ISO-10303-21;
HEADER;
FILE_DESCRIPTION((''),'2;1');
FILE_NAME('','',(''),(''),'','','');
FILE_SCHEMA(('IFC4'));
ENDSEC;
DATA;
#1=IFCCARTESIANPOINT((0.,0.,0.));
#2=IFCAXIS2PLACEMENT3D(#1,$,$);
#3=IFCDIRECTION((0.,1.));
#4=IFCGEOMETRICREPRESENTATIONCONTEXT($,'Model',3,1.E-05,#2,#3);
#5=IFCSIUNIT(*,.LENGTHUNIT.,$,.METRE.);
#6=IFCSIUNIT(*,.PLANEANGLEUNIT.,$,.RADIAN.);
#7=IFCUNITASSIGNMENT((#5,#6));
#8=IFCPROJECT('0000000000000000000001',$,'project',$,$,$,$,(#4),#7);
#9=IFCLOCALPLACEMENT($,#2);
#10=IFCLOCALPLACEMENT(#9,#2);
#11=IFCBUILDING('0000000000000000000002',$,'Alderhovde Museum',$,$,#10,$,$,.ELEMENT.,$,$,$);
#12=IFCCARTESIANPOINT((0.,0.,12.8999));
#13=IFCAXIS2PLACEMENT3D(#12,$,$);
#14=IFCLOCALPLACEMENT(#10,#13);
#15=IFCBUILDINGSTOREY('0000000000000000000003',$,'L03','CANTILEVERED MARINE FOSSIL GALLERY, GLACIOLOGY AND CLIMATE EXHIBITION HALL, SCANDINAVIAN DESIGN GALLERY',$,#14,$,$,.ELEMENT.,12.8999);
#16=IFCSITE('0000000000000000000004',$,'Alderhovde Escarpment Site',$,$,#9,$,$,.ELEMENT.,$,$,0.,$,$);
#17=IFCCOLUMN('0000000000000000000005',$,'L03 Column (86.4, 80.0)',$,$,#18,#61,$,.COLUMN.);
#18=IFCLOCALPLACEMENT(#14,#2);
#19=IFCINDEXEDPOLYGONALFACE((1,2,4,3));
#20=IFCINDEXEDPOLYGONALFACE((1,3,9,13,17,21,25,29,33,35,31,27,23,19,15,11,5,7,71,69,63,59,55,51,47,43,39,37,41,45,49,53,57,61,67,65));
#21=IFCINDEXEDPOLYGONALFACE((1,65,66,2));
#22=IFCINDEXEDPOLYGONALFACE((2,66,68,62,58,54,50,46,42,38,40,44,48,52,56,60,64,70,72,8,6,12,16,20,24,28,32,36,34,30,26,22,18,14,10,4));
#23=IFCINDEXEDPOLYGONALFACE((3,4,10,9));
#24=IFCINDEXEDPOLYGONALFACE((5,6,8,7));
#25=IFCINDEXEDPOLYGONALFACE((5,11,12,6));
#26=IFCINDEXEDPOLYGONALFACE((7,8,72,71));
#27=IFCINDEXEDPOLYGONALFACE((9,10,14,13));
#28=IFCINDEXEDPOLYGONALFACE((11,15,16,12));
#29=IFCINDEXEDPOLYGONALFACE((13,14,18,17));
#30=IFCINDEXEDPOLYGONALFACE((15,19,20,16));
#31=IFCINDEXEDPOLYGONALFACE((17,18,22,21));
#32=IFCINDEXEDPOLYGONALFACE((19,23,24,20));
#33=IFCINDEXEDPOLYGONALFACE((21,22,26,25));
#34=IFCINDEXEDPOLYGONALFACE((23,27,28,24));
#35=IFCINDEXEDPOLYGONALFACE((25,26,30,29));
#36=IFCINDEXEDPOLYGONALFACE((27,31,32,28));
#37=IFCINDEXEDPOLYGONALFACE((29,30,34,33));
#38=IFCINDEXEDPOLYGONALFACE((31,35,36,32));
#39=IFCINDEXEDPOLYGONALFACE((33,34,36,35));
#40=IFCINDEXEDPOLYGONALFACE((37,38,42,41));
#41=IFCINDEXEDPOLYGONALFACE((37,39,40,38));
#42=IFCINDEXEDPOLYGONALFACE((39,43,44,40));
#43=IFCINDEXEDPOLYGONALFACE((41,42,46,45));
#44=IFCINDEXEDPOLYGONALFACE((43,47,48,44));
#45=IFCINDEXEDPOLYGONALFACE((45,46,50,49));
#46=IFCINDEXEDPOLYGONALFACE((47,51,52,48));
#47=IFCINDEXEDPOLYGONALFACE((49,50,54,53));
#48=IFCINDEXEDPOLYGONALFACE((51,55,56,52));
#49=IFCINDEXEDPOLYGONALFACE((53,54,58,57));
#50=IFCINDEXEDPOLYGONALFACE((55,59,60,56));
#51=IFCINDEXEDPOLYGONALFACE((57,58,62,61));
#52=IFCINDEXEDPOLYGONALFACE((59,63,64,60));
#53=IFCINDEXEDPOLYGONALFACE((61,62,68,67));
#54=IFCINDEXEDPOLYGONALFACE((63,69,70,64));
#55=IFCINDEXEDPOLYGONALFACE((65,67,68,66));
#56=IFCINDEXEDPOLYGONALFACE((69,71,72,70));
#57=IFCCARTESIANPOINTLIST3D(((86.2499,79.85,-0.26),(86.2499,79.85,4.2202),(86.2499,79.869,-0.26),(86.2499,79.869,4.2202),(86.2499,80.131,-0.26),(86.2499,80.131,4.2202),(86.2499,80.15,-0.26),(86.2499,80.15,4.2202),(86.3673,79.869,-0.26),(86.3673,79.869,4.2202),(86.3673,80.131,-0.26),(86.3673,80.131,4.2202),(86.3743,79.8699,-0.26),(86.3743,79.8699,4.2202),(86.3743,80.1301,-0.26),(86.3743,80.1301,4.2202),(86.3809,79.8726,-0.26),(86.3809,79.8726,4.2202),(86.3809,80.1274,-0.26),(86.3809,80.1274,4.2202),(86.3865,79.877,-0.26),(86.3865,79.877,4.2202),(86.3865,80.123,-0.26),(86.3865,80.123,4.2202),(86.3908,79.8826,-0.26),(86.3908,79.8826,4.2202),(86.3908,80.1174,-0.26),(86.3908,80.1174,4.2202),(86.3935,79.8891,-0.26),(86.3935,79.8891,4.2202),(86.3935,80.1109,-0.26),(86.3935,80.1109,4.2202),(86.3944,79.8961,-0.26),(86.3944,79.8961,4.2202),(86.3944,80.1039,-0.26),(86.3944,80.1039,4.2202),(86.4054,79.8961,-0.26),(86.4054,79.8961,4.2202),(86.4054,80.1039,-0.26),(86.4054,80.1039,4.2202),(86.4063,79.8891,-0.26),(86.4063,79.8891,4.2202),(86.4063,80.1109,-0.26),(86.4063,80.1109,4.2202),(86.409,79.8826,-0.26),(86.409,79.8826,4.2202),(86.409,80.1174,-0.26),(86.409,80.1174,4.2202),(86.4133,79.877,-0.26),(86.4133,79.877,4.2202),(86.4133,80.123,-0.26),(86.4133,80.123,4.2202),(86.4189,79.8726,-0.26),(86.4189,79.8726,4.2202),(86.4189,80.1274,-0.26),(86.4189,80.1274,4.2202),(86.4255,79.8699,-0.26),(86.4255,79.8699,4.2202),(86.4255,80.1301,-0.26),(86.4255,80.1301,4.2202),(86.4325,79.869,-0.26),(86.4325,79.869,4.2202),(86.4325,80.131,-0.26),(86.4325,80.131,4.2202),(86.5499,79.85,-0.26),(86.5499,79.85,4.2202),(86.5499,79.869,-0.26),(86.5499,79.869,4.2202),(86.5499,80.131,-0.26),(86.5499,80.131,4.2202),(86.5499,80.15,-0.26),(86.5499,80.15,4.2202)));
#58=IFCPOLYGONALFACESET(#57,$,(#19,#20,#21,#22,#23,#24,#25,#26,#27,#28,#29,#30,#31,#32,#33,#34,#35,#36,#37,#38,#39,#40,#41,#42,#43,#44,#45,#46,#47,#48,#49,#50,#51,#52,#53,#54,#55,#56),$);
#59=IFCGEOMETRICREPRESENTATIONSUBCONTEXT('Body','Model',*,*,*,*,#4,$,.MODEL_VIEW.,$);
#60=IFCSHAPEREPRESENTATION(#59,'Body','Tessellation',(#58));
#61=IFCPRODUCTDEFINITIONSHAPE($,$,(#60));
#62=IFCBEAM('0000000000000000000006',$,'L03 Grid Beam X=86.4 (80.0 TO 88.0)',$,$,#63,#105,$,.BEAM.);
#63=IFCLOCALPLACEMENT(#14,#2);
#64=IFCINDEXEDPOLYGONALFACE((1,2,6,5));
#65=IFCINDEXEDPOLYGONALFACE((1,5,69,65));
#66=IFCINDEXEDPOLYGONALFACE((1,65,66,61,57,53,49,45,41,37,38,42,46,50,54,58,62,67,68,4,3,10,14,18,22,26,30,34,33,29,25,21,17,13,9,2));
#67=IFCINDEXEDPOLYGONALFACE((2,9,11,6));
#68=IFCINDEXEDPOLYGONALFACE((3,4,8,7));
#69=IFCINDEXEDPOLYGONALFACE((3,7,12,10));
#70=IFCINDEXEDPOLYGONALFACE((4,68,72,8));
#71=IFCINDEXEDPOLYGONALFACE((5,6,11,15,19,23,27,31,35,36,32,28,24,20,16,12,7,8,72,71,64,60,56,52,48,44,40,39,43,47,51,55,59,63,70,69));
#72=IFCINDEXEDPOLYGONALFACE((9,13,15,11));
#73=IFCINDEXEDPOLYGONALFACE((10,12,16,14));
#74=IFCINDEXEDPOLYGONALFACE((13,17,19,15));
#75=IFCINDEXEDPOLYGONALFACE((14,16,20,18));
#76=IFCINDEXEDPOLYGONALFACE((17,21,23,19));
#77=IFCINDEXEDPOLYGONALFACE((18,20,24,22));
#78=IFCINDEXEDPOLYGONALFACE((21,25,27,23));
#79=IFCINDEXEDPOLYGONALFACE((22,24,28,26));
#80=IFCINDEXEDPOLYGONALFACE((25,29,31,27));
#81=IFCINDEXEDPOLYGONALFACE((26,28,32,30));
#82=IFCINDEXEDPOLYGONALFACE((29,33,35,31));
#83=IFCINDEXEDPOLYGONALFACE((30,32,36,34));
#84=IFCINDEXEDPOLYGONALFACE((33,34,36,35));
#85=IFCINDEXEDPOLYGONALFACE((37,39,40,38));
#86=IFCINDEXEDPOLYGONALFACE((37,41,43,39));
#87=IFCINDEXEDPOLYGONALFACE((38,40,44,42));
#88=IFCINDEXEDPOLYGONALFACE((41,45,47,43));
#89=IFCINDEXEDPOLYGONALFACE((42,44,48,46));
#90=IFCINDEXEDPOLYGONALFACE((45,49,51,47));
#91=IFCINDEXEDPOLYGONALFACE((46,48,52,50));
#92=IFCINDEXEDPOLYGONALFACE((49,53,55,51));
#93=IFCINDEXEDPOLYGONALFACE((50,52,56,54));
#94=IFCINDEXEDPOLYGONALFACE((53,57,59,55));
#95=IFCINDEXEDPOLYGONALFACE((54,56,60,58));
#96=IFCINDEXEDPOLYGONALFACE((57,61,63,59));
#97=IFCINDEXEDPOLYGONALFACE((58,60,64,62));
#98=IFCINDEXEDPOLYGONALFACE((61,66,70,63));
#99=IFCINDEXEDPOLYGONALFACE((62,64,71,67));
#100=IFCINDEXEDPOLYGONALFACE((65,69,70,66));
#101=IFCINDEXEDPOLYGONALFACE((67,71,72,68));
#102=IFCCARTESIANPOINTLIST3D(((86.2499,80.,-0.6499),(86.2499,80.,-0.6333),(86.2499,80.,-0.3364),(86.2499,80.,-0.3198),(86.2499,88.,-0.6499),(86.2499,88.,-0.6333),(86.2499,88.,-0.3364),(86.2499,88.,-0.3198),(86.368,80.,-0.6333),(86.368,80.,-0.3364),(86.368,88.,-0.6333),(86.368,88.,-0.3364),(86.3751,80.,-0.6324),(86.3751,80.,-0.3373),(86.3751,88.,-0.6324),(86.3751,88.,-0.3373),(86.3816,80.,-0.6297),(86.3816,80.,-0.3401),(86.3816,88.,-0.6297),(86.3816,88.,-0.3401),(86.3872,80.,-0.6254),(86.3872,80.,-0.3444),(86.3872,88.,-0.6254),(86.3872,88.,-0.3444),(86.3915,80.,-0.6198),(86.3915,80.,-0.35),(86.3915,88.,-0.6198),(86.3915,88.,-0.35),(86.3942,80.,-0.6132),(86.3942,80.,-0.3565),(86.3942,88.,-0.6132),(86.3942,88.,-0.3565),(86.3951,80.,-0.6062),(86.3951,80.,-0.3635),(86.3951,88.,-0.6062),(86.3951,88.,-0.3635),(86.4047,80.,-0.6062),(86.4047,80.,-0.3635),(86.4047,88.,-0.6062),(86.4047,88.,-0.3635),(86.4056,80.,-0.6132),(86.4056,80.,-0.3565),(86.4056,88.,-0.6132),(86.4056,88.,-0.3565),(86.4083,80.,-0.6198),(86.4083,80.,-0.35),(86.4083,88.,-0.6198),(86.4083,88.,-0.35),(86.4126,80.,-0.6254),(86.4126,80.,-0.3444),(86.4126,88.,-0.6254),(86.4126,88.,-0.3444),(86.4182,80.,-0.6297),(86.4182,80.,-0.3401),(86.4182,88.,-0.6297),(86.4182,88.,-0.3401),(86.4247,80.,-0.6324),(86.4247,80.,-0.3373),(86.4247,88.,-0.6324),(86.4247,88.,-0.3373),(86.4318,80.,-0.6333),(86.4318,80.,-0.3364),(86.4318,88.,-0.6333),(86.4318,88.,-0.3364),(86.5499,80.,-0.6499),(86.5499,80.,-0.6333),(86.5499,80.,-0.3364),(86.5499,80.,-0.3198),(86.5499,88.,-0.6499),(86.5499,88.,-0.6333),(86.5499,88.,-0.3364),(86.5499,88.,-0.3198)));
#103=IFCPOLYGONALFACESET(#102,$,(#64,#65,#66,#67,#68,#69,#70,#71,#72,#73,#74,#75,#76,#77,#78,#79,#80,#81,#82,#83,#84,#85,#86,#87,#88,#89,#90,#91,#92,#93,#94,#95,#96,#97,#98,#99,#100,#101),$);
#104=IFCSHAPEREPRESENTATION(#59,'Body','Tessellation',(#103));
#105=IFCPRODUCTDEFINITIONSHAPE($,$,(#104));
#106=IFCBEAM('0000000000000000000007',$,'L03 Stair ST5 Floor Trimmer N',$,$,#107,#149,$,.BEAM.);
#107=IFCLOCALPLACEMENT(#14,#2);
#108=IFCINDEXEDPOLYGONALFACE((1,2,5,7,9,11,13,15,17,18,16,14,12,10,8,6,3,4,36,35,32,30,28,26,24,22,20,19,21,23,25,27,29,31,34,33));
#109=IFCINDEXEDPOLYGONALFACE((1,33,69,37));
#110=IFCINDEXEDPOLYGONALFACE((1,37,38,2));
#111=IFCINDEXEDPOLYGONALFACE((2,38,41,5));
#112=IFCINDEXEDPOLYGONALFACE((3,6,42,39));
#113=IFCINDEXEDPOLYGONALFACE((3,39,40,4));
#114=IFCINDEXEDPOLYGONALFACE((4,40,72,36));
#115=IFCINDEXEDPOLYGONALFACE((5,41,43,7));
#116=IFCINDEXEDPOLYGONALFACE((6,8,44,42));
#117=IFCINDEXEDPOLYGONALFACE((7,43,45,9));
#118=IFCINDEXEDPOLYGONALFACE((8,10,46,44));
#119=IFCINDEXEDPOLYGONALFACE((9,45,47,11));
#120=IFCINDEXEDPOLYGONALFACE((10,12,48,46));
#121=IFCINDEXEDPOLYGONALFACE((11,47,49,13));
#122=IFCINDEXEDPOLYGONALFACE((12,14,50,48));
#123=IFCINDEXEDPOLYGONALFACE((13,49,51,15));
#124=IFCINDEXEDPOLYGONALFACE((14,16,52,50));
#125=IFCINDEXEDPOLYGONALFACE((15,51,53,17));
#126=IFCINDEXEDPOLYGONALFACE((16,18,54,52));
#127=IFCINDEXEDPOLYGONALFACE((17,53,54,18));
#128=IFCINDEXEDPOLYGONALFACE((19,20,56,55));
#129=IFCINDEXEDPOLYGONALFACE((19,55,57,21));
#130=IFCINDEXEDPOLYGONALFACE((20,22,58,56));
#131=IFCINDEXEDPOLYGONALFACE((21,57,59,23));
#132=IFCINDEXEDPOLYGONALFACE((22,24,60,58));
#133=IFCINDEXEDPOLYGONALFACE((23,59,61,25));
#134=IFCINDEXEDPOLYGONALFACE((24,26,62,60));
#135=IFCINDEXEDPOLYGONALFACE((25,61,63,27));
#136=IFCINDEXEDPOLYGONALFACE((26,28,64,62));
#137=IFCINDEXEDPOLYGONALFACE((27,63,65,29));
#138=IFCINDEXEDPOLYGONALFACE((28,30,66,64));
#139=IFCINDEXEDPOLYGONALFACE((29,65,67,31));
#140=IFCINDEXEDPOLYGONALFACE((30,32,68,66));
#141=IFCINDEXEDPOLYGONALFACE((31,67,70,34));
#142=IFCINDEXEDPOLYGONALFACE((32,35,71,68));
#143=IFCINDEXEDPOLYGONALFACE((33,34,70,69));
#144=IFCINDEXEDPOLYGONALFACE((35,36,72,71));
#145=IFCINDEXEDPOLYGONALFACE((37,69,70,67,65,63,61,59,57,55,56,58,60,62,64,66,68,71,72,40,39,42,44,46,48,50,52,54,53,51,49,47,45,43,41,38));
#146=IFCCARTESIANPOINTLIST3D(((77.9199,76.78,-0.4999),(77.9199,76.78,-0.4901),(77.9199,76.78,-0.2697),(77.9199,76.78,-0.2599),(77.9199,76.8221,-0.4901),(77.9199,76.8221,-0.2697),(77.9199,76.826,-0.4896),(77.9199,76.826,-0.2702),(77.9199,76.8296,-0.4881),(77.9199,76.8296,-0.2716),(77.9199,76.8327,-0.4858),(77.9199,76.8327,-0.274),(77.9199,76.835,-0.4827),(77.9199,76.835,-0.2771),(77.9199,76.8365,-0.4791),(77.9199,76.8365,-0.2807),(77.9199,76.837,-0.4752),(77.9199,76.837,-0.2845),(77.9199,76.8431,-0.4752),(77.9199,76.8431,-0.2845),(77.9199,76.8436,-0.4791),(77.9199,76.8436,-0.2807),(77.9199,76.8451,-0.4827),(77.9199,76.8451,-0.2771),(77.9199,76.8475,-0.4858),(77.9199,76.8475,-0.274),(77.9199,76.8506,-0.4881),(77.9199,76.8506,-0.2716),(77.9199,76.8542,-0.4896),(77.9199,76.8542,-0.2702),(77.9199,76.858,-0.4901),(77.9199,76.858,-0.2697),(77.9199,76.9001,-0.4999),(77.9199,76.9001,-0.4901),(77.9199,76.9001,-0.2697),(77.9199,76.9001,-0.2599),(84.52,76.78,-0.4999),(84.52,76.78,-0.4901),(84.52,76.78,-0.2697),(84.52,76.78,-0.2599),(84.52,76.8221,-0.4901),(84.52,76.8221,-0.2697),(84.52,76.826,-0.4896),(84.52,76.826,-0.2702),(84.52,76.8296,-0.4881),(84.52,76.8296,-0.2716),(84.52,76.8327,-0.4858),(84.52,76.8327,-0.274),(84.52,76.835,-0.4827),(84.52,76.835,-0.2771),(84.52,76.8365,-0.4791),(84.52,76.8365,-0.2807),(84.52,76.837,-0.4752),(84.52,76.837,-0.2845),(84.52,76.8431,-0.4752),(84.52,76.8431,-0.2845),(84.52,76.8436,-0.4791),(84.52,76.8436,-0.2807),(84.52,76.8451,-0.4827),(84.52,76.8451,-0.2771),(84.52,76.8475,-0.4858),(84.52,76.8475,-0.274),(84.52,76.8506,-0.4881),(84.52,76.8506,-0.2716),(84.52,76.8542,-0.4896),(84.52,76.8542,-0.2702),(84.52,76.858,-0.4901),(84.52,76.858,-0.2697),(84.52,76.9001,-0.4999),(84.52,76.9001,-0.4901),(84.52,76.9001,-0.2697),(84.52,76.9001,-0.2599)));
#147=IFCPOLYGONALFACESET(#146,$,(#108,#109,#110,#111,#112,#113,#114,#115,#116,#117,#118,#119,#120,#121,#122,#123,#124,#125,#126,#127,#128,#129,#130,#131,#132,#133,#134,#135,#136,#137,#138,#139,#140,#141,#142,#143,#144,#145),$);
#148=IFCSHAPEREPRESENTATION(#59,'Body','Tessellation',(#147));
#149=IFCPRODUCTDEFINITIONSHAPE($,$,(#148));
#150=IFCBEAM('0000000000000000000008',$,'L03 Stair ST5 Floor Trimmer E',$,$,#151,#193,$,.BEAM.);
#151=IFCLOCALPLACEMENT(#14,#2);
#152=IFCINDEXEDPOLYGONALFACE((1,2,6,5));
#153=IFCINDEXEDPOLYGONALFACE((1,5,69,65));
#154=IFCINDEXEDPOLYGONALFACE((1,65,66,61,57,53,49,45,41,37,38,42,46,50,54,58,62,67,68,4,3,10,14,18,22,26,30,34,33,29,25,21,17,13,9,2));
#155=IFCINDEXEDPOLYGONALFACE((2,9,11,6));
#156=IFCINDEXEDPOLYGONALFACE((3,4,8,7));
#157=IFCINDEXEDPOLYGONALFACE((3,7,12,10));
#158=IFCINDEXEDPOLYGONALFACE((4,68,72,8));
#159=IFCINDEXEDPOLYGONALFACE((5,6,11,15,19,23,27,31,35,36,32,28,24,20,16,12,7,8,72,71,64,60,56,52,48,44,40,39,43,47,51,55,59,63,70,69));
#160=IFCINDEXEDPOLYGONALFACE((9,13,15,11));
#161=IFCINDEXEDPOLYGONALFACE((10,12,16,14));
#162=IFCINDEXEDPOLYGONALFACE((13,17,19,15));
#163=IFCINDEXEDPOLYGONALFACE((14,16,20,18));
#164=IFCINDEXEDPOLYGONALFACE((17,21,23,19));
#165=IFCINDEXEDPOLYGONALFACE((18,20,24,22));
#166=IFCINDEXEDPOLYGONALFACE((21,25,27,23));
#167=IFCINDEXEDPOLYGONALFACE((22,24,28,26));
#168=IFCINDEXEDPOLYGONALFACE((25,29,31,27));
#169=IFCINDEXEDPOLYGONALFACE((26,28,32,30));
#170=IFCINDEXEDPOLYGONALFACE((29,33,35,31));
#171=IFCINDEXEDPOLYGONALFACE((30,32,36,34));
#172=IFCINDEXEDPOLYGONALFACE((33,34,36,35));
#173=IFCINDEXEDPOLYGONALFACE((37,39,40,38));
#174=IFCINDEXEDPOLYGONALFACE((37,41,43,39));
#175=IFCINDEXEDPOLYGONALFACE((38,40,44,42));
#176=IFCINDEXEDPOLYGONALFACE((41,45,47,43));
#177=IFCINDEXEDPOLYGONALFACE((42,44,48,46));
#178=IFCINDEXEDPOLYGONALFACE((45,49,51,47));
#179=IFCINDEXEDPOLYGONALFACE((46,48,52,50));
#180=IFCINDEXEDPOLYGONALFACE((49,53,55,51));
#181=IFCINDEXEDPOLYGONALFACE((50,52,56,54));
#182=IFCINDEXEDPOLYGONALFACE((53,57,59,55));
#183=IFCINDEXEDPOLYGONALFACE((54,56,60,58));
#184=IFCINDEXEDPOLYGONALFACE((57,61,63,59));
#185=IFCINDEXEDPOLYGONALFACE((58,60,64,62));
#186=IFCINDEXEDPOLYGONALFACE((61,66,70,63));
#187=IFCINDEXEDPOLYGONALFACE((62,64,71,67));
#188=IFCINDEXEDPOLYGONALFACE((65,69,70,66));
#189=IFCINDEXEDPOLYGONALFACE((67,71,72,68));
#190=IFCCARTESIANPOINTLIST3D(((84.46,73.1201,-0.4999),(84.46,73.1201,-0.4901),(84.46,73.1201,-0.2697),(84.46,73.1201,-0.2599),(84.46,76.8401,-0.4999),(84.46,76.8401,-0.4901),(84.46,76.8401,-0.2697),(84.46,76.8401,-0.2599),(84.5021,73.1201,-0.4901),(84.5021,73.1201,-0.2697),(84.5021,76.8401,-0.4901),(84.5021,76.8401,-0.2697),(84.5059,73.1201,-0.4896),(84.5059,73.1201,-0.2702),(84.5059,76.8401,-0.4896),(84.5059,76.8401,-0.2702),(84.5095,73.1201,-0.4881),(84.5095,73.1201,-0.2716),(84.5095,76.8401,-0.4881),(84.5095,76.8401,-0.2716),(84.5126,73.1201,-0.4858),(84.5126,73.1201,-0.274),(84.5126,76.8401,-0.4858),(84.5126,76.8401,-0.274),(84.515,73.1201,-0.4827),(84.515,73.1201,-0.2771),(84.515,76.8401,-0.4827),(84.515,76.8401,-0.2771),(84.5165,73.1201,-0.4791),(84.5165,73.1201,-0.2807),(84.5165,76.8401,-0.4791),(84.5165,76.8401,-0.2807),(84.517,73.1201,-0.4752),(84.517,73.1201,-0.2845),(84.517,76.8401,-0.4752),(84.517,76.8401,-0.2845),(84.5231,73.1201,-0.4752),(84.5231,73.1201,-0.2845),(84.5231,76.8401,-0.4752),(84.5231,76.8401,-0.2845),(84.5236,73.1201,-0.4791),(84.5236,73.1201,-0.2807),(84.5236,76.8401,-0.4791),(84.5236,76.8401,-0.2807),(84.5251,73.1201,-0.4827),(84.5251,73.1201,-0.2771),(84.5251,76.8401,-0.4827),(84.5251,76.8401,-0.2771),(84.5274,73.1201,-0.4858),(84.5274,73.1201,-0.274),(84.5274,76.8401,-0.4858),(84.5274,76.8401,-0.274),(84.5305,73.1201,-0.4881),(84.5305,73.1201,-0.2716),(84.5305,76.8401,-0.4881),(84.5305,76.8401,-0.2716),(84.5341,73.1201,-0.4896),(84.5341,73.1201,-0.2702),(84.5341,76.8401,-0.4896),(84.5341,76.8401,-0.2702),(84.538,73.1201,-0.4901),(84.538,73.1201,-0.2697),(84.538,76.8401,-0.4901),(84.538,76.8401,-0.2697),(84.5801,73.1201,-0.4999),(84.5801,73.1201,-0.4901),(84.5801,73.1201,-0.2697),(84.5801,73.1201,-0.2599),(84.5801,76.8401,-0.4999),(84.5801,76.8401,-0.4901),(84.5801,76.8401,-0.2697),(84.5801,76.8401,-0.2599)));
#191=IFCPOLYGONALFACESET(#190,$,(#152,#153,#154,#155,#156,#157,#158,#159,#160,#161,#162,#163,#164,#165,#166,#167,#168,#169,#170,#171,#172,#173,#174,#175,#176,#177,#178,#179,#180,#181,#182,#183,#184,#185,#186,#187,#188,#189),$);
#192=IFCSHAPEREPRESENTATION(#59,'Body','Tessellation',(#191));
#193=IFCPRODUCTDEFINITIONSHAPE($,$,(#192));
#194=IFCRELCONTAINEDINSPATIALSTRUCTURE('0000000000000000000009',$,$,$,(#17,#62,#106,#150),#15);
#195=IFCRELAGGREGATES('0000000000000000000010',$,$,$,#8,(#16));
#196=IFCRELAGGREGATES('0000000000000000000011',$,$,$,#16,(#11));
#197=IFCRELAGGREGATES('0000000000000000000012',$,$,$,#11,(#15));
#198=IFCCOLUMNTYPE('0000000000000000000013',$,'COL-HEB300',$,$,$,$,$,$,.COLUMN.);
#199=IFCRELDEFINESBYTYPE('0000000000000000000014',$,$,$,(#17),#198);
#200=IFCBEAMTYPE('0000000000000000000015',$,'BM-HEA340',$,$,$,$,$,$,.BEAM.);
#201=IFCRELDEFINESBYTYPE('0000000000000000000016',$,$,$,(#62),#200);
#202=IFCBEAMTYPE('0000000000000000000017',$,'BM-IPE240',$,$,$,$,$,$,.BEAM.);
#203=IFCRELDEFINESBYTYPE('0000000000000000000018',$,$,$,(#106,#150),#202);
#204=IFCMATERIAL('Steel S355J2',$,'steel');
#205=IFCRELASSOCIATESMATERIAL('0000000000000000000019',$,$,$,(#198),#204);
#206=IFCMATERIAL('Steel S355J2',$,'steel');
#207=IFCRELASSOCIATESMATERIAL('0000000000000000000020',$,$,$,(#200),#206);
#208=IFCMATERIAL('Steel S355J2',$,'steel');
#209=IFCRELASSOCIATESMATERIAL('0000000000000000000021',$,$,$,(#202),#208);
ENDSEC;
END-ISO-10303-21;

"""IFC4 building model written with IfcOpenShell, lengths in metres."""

from ifc_helpers import new_model, si_unit, direction, frame, origin, origin_2d, place, context, subcontext, project, spatial, i_section, extrude, material, material_profile, profile_set, type_object, element, save


model = new_model("IFC4")

# Units and contexts
model_context = context("Model", 3, precision=1e-05, world=origin(), true_north=direction((0.0, 1.0)))
body_context = subcontext(model_context, "Body", "Model", "MODEL_VIEW")
ifc_project = project(units=[si_unit("LENGTHUNIT", "METRE"), si_unit("PLANEANGLEUNIT", "RADIAN")], contexts=[model_context])

# Site, building, storey
site_placement = place(None, origin())
site = spatial("IfcSite", under=ifc_project, at=site_placement, Name="Alderhovde Escarpment Site", CompositionType="ELEMENT", RefElevation=0.0)
building_placement = place(site_placement, origin())
building = spatial("IfcBuilding", under=site, at=building_placement, Name="Alderhovde Museum", CompositionType="ELEMENT")
storey_placement = place(building_placement, frame((0.0, 0.0, 12.8999)))
storey = spatial("IfcBuildingStorey", under=building, at=storey_placement, Name="L03", Description="CANTILEVERED MARINE FOSSIL GALLERY, GLACIOLOGY AND CLIMATE EXHIBITION HALL, SCANDINAVIAN DESIGN GALLERY", CompositionType="ELEMENT", Elevation=12.8999)

# Column
ifc_material_1 = material(Name="Steel S355J2", Category="steel")
ifc_material_profile_1 = material_profile(ifc_material_1, i_section(OverallWidth=0.3, OverallDepth=0.3, WebThickness=0.011, FlangeThickness=0.019, FilletRadius=0.0271, at=origin_2d()), Name="HEB 300")
ifc_profile_set_1 = profile_set([ifc_material_profile_1], Name="Steel S355J2")
column_type_1 = type_object("IfcColumnType", Name="COL-HEB300", PredefinedType="COLUMN", material=ifc_profile_set_1)
column_placement = place(storey_placement, frame((86.3999, 80.0, -0.26), z_axis=(0.0, 0.0, 1.0), x_axis=(1.0, 0.0, 0.0)))
element("IfcColumn", 1, at=column_placement, inside=storey, type_object=column_type_1, Name="L03 Column (86.4, 80.0)", PredefinedType="COLUMN", context=body_context, shape_type="SweptSolid", body=[
    extrude(i_section(OverallWidth=0.3, OverallDepth=0.3, WebThickness=0.011, FlangeThickness=0.019, FilletRadius=0.0271, at=origin_2d()), origin(), (0.0, 0.0, 1.0), 4.4802),
])

# Beams
ifc_material_2 = material(Name="Steel S355J2", Category="steel")
ifc_material_profile_2 = material_profile(ifc_material_2, i_section(OverallWidth=0.3, OverallDepth=0.3301, WebThickness=0.0095, FlangeThickness=0.0166, FilletRadius=0.0271, at=origin_2d()), Name="HEA 340")
ifc_profile_set_2 = profile_set([ifc_material_profile_2], Name="Steel S355J2")
beam_type_1 = type_object("IfcBeamType", Name="BM-HEA340", PredefinedType="BEAM", material=ifc_profile_set_2)
beam_1_placement = place(storey_placement, frame((86.3999, 80.0, -0.4849), z_axis=(0.0, 1.0, 0.0), x_axis=(-1.0, 0.0, 0.0)))
element("IfcBeam", 2, at=beam_1_placement, inside=storey, type_object=beam_type_1, Name="L03 Grid Beam X=86.4 (80.0 TO 88.0)", PredefinedType="BEAM", context=body_context, shape_type="SweptSolid", body=[
    extrude(i_section(OverallWidth=0.3, OverallDepth=0.3301, WebThickness=0.0095, FlangeThickness=0.0166, FilletRadius=0.0271, at=origin_2d()), origin(), (0.0, 0.0, 1.0), 8.0),
])
ifc_material_3 = material(Name="Steel S355J2", Category="steel")
ifc_material_profile_3 = material_profile(ifc_material_3, i_section(OverallWidth=0.1201, OverallDepth=0.24, WebThickness=0.0061, FlangeThickness=0.0098, FilletRadius=0.0149, at=origin_2d()), Name="IPE 240")
ifc_profile_set_3 = profile_set([ifc_material_profile_3], Name="Steel S355J2")
beam_type_2 = type_object("IfcBeamType", Name="BM-IPE240", PredefinedType="BEAM", material=ifc_profile_set_3)
beam_2_placement = place(storey_placement, frame((77.9199, 76.8401, -0.3799), z_axis=(1.0, 0.0, 0.0), x_axis=(0.0, 1.0, 0.0)))
element("IfcBeam", 3, at=beam_2_placement, inside=storey, type_object=beam_type_2, Name="L03 Stair ST5 Floor Trimmer N", PredefinedType="BEAM", context=body_context, shape_type="SweptSolid", body=[
    extrude(i_section(OverallWidth=0.1201, OverallDepth=0.24, WebThickness=0.0061, FlangeThickness=0.0098, FilletRadius=0.0149, at=origin_2d()), origin(), (0.0, 0.0, 1.0), 6.6001),
])
beam_3_placement = place(storey_placement, frame((84.52, 73.1201, -0.3799), z_axis=(0.0, 1.0, 0.0), x_axis=(-1.0, 0.0, 0.0)))
element("IfcBeam", 4, at=beam_3_placement, inside=storey, type_object=beam_type_2, Name="L03 Stair ST5 Floor Trimmer E", PredefinedType="BEAM", context=body_context, shape_type="SweptSolid", body=[
    extrude(i_section(OverallWidth=0.1201, OverallDepth=0.24, WebThickness=0.0061, FlangeThickness=0.0098, FilletRadius=0.0149, at=origin_2d()), origin(), (0.0, 0.0, 1.0), 3.72),
])

save(model, "model.ifc")
